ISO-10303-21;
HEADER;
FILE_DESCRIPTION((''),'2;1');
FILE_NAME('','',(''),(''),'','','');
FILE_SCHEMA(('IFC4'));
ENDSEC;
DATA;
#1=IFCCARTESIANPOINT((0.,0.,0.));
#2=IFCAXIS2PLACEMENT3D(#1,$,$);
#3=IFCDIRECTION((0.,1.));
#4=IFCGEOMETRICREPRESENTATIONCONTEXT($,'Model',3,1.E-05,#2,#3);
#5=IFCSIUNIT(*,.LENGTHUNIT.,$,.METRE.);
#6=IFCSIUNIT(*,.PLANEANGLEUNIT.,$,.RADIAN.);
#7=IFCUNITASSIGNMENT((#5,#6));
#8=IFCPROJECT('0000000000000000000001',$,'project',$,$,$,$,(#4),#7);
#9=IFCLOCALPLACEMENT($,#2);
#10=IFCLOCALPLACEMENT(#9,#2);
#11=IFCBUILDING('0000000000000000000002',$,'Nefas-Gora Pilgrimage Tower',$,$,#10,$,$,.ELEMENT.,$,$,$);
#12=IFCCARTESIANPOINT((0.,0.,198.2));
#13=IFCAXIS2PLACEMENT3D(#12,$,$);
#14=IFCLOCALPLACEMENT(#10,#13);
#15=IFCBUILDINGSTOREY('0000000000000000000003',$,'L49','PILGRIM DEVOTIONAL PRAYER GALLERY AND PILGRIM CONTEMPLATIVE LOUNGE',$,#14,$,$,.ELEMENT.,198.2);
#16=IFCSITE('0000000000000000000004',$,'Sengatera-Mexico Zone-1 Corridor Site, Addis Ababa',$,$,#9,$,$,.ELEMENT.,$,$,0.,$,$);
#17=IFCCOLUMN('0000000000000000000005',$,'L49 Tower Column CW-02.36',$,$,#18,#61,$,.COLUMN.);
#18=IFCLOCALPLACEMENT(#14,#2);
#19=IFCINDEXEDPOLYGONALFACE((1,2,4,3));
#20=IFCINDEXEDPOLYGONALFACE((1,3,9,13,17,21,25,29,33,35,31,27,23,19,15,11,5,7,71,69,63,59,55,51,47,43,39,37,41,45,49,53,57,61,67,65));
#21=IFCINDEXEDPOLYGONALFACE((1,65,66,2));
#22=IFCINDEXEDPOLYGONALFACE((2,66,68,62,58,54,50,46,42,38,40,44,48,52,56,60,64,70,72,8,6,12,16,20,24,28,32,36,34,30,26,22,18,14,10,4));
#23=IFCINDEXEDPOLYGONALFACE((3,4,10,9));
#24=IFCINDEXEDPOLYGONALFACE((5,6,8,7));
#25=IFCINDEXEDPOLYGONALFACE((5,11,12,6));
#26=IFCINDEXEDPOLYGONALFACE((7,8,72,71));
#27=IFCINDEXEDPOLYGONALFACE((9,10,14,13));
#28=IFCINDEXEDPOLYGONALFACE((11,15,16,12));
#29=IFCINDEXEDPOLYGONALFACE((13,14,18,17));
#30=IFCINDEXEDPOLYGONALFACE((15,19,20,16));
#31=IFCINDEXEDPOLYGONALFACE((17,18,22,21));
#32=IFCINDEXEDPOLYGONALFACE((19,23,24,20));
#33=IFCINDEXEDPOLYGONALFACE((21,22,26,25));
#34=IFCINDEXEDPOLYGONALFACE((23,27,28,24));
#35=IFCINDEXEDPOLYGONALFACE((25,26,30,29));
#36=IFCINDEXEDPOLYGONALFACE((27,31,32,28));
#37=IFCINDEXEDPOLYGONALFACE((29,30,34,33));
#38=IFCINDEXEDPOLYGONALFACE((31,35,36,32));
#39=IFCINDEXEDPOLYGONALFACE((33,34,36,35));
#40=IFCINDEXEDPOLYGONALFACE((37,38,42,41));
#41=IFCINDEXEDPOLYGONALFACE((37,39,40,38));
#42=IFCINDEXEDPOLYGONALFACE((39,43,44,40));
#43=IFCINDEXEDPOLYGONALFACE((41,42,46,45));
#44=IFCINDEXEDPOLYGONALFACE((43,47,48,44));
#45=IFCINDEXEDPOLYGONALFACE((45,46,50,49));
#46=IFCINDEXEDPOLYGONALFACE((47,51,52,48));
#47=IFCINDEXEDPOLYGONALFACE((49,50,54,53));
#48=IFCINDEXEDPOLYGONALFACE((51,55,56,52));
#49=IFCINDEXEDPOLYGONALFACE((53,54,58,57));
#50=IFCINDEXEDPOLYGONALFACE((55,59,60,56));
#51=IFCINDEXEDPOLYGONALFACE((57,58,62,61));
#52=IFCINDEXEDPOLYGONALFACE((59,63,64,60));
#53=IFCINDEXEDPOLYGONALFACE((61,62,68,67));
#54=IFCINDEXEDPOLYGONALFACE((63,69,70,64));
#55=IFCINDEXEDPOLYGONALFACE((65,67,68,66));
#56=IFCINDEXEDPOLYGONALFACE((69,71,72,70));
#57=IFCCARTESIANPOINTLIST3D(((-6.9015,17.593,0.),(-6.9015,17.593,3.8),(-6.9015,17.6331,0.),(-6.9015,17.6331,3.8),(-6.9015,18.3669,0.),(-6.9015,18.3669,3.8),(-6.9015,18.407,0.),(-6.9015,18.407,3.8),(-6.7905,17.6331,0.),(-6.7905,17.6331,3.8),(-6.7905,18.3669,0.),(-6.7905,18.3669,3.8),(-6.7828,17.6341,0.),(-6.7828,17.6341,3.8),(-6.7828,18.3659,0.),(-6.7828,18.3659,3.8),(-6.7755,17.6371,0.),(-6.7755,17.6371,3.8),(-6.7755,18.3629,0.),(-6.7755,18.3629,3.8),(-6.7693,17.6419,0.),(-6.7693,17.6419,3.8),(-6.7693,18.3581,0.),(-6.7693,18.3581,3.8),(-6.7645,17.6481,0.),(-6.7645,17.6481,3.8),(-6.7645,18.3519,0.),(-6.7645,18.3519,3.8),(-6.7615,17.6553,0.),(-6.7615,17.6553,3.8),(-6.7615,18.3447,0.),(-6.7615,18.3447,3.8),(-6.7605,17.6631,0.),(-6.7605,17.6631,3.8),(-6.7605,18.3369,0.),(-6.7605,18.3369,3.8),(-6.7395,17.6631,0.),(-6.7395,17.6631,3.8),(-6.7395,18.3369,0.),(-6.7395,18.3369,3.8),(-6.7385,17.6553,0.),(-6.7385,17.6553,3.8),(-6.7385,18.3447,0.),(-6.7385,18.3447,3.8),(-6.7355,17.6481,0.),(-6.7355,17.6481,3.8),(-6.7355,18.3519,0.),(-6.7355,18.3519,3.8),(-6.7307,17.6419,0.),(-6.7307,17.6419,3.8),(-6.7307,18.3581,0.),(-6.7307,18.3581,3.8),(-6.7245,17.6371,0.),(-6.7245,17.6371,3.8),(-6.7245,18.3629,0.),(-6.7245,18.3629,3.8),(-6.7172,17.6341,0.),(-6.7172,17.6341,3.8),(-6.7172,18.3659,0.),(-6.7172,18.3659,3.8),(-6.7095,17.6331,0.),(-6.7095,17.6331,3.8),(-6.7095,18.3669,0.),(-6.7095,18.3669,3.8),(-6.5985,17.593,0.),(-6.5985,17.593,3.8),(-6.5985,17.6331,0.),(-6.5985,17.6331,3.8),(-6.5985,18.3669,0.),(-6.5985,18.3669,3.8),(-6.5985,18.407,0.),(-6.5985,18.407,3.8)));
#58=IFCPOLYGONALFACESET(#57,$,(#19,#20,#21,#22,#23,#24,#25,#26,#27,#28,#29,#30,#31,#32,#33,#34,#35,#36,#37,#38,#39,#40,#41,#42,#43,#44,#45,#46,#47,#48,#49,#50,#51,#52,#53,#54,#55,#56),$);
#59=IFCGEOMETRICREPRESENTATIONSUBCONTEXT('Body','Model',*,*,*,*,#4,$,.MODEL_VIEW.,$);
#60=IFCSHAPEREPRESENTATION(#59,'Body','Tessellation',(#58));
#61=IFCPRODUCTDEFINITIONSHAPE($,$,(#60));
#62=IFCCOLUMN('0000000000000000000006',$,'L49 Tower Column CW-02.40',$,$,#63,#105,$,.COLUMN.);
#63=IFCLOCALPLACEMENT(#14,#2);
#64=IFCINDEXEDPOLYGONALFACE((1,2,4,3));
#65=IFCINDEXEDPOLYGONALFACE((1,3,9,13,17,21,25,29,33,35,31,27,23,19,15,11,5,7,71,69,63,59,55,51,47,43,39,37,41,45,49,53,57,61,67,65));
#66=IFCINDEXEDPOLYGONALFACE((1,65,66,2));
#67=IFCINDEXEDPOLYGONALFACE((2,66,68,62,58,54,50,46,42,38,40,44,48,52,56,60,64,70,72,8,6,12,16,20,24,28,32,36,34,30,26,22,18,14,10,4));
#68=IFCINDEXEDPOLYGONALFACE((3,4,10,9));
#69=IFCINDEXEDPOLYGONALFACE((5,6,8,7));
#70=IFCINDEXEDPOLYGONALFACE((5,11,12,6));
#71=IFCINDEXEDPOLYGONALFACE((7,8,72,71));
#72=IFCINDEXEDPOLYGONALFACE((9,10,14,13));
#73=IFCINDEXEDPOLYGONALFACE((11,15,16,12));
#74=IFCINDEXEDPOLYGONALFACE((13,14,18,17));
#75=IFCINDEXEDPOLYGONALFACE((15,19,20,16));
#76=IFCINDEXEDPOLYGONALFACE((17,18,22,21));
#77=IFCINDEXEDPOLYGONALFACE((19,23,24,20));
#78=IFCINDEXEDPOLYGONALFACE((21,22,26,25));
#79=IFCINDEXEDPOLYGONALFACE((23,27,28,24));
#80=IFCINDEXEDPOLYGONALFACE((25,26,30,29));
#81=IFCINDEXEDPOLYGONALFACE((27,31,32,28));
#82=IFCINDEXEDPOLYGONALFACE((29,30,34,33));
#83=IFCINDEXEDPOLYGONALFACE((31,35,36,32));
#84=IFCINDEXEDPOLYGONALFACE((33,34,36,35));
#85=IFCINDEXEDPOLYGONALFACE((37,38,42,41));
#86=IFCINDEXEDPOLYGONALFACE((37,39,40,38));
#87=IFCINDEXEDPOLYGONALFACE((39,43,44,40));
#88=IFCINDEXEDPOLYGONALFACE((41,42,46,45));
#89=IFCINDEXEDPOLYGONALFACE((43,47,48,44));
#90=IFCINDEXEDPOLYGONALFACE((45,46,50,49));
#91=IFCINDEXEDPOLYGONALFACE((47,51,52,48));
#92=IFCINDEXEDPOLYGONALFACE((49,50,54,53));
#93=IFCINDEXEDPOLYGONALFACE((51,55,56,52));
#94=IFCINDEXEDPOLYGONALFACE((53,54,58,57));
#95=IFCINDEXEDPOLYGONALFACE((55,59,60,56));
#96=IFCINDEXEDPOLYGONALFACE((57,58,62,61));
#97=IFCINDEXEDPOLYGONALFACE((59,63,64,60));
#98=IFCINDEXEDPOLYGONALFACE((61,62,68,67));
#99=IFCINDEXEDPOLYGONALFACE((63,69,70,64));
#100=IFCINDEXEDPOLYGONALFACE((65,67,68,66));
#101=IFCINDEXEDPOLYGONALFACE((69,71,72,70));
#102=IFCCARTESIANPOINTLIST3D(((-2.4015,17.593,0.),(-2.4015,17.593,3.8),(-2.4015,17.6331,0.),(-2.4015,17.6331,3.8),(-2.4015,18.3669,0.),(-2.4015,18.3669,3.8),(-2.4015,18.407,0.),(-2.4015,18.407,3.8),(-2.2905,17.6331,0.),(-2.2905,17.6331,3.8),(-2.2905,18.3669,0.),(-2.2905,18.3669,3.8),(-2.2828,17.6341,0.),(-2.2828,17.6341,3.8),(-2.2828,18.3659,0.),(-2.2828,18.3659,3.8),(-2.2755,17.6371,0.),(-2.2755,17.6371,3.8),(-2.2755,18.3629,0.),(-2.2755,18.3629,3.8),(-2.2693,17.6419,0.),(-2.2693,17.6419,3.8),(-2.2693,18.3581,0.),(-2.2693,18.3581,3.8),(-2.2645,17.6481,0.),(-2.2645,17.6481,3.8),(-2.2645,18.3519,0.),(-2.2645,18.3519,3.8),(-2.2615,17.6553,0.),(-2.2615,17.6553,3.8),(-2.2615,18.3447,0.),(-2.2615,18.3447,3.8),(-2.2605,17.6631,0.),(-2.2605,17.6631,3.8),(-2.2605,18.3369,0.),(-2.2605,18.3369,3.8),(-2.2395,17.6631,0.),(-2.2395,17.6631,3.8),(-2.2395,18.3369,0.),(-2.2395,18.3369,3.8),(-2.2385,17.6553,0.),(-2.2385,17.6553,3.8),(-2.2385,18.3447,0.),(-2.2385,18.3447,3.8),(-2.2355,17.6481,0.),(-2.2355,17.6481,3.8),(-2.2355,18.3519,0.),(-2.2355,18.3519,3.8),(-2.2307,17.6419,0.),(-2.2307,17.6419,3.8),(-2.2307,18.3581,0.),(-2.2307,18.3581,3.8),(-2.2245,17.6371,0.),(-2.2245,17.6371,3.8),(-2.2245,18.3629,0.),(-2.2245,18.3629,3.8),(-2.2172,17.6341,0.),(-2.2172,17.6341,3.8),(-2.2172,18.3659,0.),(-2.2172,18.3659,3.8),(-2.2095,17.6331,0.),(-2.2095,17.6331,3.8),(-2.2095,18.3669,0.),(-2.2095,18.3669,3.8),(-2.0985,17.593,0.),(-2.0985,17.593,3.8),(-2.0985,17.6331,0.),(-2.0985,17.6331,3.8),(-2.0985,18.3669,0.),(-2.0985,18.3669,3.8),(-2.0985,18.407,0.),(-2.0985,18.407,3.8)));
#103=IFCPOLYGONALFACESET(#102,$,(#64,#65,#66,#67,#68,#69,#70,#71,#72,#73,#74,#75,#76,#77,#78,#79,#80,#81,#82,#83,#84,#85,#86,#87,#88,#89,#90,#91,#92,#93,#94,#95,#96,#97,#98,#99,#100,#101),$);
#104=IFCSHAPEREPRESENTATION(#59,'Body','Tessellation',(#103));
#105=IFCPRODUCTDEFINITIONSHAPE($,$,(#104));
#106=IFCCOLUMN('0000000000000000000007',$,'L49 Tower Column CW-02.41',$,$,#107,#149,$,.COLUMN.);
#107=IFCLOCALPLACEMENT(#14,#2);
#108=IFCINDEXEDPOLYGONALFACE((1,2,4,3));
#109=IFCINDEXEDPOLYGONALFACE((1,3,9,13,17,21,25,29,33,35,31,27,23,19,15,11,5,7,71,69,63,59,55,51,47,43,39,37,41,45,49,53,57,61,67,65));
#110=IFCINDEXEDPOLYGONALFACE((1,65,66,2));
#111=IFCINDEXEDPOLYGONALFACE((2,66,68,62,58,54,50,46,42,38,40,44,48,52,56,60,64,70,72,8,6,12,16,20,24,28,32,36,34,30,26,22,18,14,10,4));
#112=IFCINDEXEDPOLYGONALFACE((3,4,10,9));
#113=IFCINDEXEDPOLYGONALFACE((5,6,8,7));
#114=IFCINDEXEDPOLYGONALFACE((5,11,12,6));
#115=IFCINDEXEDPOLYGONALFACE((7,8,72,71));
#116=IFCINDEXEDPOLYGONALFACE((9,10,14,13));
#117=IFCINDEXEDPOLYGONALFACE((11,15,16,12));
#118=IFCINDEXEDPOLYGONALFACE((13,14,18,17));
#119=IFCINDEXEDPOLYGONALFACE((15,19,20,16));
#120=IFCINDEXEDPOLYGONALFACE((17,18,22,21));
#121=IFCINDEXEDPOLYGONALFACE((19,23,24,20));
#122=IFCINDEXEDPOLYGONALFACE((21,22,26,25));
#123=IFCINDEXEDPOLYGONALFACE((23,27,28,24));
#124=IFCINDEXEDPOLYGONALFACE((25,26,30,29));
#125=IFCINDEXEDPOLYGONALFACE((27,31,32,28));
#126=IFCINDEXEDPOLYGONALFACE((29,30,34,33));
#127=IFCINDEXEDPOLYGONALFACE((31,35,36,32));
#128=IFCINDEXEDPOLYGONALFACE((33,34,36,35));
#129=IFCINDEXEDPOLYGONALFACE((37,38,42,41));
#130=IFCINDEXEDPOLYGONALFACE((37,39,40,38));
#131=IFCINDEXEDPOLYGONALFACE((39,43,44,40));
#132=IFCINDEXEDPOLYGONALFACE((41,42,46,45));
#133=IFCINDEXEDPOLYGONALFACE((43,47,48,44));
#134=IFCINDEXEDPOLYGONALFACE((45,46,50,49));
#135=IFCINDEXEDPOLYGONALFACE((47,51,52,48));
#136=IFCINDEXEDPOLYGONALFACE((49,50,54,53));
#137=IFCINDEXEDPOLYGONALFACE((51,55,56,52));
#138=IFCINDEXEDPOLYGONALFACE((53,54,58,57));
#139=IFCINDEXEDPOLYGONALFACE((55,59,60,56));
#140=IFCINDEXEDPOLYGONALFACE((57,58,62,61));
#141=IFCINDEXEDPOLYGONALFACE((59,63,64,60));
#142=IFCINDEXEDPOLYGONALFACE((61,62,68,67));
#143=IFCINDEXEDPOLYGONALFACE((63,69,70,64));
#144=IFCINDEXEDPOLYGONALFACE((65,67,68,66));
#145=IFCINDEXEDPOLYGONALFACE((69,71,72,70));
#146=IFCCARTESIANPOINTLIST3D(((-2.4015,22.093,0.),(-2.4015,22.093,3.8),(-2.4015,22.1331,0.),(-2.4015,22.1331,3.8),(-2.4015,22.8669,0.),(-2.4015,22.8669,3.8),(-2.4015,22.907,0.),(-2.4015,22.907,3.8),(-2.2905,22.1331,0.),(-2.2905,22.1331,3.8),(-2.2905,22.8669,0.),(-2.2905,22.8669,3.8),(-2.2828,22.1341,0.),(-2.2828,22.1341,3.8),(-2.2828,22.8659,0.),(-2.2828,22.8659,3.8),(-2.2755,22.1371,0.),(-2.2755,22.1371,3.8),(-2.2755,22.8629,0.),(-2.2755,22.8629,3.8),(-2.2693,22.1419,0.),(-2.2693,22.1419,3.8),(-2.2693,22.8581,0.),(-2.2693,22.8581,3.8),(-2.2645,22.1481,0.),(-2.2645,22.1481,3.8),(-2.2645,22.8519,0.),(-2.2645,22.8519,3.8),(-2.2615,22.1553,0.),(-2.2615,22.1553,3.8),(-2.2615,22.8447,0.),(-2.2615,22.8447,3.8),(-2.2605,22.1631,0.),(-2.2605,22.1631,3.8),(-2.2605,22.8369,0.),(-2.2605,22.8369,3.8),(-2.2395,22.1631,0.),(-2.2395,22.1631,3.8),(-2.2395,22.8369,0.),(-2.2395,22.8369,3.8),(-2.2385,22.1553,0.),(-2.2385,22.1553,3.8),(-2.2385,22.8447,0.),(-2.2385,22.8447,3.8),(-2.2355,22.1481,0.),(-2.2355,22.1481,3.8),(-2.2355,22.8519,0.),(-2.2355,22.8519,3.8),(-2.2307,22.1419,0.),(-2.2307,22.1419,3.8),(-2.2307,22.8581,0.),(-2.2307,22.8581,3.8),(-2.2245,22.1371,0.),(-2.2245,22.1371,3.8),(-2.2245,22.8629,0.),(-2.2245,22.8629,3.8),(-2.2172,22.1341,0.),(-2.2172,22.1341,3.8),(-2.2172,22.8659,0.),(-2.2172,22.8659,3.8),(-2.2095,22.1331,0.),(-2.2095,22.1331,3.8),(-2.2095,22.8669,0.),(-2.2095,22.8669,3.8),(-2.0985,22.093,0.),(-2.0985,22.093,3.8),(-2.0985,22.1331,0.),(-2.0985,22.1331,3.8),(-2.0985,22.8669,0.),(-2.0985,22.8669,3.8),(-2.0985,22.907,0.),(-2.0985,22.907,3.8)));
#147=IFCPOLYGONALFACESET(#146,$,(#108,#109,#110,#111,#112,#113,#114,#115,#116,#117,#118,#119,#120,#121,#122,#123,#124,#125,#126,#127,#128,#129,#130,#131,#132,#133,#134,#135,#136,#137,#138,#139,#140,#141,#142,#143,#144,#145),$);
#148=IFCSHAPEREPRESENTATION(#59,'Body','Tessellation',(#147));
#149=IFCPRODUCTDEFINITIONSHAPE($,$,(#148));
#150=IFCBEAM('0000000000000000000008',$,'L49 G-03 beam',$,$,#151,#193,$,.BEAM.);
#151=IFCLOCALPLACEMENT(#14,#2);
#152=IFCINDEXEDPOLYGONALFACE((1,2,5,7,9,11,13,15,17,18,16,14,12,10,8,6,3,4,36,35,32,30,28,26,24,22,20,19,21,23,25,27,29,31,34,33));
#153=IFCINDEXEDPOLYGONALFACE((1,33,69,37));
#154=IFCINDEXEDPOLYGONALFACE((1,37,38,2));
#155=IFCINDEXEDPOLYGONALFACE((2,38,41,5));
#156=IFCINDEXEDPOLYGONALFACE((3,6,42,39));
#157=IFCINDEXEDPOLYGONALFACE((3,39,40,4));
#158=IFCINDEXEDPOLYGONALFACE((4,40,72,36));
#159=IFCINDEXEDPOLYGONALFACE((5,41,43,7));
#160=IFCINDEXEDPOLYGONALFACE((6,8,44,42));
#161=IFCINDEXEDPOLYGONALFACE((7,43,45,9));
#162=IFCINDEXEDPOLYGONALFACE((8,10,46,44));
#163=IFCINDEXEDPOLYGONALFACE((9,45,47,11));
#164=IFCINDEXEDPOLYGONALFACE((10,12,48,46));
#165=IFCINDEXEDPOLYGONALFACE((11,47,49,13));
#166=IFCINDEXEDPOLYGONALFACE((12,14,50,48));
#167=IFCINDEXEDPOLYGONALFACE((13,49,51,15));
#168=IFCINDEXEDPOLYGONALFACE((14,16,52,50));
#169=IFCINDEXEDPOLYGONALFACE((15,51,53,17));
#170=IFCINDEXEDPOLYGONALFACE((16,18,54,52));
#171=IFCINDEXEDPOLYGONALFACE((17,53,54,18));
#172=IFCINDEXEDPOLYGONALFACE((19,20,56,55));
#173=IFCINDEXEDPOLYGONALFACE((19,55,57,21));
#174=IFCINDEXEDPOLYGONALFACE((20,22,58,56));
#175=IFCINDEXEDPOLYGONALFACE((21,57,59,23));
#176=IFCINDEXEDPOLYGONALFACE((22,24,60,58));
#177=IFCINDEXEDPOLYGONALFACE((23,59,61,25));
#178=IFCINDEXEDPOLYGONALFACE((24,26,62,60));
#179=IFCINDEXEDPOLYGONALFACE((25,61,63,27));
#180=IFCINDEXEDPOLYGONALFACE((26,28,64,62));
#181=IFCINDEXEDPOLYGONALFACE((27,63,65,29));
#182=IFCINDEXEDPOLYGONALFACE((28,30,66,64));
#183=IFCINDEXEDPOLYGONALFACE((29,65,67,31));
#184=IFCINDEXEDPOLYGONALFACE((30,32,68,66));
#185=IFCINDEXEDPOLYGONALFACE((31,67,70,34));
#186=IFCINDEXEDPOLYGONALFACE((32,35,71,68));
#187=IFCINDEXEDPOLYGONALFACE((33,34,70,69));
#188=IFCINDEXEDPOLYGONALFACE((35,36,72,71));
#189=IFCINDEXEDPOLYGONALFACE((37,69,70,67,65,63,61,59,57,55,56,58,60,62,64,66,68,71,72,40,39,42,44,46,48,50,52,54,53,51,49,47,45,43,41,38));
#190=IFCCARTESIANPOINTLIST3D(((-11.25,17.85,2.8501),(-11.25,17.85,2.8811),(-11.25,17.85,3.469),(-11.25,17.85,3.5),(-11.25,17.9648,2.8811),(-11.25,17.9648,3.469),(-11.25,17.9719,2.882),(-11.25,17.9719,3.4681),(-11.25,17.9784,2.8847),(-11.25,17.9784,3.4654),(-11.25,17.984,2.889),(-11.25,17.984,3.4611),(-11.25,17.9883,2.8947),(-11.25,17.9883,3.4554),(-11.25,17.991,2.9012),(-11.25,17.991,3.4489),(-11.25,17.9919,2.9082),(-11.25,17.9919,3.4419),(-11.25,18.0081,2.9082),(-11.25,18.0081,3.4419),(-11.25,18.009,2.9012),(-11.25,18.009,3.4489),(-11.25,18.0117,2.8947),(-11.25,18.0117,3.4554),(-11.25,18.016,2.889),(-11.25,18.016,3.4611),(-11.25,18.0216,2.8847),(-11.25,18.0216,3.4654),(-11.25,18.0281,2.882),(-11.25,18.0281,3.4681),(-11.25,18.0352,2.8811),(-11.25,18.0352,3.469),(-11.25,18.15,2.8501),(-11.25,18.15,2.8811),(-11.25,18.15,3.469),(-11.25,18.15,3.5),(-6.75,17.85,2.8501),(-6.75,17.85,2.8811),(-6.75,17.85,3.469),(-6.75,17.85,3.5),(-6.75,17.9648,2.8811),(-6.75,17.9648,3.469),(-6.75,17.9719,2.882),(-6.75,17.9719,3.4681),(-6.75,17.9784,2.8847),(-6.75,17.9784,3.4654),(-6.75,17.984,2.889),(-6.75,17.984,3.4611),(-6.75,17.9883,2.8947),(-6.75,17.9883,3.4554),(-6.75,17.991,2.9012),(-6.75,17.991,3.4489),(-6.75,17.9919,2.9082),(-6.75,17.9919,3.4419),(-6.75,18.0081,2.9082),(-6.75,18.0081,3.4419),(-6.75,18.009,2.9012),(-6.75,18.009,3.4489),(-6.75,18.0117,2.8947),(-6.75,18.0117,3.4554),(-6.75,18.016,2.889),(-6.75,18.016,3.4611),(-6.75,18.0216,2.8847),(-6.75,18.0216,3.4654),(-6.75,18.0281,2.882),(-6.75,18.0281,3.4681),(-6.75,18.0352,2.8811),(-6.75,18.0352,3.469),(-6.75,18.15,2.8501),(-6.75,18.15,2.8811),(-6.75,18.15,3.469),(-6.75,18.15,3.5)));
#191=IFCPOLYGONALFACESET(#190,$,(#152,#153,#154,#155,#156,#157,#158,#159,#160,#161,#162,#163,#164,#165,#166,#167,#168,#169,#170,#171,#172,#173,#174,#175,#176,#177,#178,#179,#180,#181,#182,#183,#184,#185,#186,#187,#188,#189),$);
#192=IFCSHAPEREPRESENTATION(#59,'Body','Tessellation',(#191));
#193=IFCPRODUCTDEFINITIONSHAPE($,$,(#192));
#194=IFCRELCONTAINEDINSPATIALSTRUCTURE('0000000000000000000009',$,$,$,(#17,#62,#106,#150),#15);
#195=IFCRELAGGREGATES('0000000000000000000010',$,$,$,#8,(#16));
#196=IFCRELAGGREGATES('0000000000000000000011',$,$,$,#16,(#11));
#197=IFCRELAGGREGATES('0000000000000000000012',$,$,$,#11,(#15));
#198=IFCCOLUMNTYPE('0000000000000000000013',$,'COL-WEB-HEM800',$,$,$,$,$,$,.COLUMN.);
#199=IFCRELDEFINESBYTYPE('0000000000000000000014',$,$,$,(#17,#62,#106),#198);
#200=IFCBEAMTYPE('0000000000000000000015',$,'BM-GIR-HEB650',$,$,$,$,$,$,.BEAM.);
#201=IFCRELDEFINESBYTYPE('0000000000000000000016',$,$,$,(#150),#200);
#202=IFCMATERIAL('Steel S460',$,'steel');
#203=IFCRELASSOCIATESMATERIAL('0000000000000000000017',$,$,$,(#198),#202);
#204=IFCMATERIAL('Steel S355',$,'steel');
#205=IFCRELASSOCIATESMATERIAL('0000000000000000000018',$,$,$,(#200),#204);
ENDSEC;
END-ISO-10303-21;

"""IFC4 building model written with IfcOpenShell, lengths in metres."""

from ifc_helpers import new_model, si_unit, direction, frame, origin, origin_2d, place, context, subcontext, project, spatial, i_section, extrude, source, transform, mapped, material, material_profile, profile_set, type_object, element, save


model = new_model("IFC4")

# Units and contexts
model_context = context("Model", 3, precision=1e-05, world=origin(), true_north=direction((0.0, 1.0)))
body_context = subcontext(model_context, "Body", "Model", "MODEL_VIEW")
ifc_project = project(units=[si_unit("LENGTHUNIT", "METRE"), si_unit("PLANEANGLEUNIT", "RADIAN")], contexts=[model_context])

# Site, building, storey
site_placement = place(None, origin())
site = spatial("IfcSite", under=ifc_project, at=site_placement, Name="Sengatera-Mexico Zone-1 Corridor Site, Addis Ababa", CompositionType="ELEMENT", RefElevation=0.0)
building_placement = place(site_placement, origin())
building = spatial("IfcBuilding", under=site, at=building_placement, Name="Nefas-Gora Pilgrimage Tower", CompositionType="ELEMENT")
storey_placement = place(building_placement, frame((0.0, 0.0, 198.2)))
storey = spatial("IfcBuildingStorey", under=building, at=storey_placement, Name="L49", Description="PILGRIM DEVOTIONAL PRAYER GALLERY AND PILGRIM CONTEMPLATIVE LOUNGE", CompositionType="ELEMENT", Elevation=198.2)

# Columns
ifc_material_1 = material(Name="Steel S460", Category="steel")
ifc_material_profile_1 = material_profile(ifc_material_1, i_section(OverallWidth=0.303, OverallDepth=0.814, WebThickness=0.021, FlangeThickness=0.04, FilletRadius=0.03, at=origin_2d()), Name="HEM 800")
ifc_profile_set_1 = profile_set([ifc_material_profile_1], Name="Steel S460")
column_type_1 = type_object("IfcColumnType", Name="COL-WEB-HEM800", PredefinedType="COLUMN", material=ifc_profile_set_1)
shared_shape_1 = source(origin(), body_context, "Body", "SweptSolid", [
    extrude(i_section(OverallWidth=0.303, OverallDepth=0.814, WebThickness=0.021, FlangeThickness=0.04, FilletRadius=0.03, at=origin_2d()), origin(), (0.0, 0.0, 1.0), 3.8),
])
for number, where, z_axis, x_axis, name in (
    (1, (-6.75, 18.0, 0.0), (0.0, 0.0, 1.0), (1.0, 0.0, 0.0), "L49 Tower Column CW-02.36"),
    (2, (-2.25, 18.0, 0.0), (0.0, 0.0, 1.0), (1.0, 0.0, 0.0), "L49 Tower Column CW-02.40"),
    (3, (-2.25, 22.5, 0.0), (0.0, 0.0, 1.0), (1.0, 0.0, 0.0), "L49 Tower Column CW-02.41"),
):
    element("IfcColumn", number, at=place(storey_placement, frame(where, z_axis=z_axis, x_axis=x_axis)), inside=storey, type_object=column_type_1, Name=name, PredefinedType="COLUMN", context=body_context, shape_type="MappedRepresentation", body=[
        mapped(shared_shape_1, transform((0.0, 0.0, 0.0), x_axis=(1.0, 0.0, 0.0), y_axis=(0.0, 1.0, 0.0), z_axis=(0.0, 0.0, 1.0), scale=1.0)),
    ])

# Beam
ifc_material_2 = material(Name="Steel S355", Category="steel")
ifc_material_profile_2 = material_profile(ifc_material_2, i_section(OverallWidth=0.3, OverallDepth=0.6499, WebThickness=0.0161, FlangeThickness=0.031, FilletRadius=0.0271, at=origin_2d()), Name="HEB 650")
ifc_profile_set_2 = profile_set([ifc_material_profile_2], Name="Steel S355")
beam_type = type_object("IfcBeamType", Name="BM-GIR-HEB650", PredefinedType="BEAM", material=ifc_profile_set_2)
shared_shape_2 = source(origin(), body_context, "Body", "SweptSolid", [
    extrude(i_section(OverallWidth=0.3, OverallDepth=0.6499, WebThickness=0.0161, FlangeThickness=0.031, FilletRadius=0.0271, at=origin_2d()), origin(), (0.0, 0.0, 1.0), 4.5),
])
for number, where, z_axis, x_axis, name in (
    (4, (-11.25, 18.0, 3.175), (1.0, 0.0, 0.0), (0.0, 1.0, 0.0), "L49 G-03 beam"),
):
    element("IfcBeam", number, at=place(storey_placement, frame(where, z_axis=z_axis, x_axis=x_axis)), inside=storey, type_object=beam_type, Name=name, PredefinedType="BEAM", context=body_context, shape_type="MappedRepresentation", body=[
        mapped(shared_shape_2, transform((0.0, 0.0, 0.0), x_axis=(1.0, 0.0, 0.0), y_axis=(0.0, 1.0, 0.0), z_axis=(0.0, 0.0, 1.0), scale=1.0)),
    ])

save(model, "model.ifc")
